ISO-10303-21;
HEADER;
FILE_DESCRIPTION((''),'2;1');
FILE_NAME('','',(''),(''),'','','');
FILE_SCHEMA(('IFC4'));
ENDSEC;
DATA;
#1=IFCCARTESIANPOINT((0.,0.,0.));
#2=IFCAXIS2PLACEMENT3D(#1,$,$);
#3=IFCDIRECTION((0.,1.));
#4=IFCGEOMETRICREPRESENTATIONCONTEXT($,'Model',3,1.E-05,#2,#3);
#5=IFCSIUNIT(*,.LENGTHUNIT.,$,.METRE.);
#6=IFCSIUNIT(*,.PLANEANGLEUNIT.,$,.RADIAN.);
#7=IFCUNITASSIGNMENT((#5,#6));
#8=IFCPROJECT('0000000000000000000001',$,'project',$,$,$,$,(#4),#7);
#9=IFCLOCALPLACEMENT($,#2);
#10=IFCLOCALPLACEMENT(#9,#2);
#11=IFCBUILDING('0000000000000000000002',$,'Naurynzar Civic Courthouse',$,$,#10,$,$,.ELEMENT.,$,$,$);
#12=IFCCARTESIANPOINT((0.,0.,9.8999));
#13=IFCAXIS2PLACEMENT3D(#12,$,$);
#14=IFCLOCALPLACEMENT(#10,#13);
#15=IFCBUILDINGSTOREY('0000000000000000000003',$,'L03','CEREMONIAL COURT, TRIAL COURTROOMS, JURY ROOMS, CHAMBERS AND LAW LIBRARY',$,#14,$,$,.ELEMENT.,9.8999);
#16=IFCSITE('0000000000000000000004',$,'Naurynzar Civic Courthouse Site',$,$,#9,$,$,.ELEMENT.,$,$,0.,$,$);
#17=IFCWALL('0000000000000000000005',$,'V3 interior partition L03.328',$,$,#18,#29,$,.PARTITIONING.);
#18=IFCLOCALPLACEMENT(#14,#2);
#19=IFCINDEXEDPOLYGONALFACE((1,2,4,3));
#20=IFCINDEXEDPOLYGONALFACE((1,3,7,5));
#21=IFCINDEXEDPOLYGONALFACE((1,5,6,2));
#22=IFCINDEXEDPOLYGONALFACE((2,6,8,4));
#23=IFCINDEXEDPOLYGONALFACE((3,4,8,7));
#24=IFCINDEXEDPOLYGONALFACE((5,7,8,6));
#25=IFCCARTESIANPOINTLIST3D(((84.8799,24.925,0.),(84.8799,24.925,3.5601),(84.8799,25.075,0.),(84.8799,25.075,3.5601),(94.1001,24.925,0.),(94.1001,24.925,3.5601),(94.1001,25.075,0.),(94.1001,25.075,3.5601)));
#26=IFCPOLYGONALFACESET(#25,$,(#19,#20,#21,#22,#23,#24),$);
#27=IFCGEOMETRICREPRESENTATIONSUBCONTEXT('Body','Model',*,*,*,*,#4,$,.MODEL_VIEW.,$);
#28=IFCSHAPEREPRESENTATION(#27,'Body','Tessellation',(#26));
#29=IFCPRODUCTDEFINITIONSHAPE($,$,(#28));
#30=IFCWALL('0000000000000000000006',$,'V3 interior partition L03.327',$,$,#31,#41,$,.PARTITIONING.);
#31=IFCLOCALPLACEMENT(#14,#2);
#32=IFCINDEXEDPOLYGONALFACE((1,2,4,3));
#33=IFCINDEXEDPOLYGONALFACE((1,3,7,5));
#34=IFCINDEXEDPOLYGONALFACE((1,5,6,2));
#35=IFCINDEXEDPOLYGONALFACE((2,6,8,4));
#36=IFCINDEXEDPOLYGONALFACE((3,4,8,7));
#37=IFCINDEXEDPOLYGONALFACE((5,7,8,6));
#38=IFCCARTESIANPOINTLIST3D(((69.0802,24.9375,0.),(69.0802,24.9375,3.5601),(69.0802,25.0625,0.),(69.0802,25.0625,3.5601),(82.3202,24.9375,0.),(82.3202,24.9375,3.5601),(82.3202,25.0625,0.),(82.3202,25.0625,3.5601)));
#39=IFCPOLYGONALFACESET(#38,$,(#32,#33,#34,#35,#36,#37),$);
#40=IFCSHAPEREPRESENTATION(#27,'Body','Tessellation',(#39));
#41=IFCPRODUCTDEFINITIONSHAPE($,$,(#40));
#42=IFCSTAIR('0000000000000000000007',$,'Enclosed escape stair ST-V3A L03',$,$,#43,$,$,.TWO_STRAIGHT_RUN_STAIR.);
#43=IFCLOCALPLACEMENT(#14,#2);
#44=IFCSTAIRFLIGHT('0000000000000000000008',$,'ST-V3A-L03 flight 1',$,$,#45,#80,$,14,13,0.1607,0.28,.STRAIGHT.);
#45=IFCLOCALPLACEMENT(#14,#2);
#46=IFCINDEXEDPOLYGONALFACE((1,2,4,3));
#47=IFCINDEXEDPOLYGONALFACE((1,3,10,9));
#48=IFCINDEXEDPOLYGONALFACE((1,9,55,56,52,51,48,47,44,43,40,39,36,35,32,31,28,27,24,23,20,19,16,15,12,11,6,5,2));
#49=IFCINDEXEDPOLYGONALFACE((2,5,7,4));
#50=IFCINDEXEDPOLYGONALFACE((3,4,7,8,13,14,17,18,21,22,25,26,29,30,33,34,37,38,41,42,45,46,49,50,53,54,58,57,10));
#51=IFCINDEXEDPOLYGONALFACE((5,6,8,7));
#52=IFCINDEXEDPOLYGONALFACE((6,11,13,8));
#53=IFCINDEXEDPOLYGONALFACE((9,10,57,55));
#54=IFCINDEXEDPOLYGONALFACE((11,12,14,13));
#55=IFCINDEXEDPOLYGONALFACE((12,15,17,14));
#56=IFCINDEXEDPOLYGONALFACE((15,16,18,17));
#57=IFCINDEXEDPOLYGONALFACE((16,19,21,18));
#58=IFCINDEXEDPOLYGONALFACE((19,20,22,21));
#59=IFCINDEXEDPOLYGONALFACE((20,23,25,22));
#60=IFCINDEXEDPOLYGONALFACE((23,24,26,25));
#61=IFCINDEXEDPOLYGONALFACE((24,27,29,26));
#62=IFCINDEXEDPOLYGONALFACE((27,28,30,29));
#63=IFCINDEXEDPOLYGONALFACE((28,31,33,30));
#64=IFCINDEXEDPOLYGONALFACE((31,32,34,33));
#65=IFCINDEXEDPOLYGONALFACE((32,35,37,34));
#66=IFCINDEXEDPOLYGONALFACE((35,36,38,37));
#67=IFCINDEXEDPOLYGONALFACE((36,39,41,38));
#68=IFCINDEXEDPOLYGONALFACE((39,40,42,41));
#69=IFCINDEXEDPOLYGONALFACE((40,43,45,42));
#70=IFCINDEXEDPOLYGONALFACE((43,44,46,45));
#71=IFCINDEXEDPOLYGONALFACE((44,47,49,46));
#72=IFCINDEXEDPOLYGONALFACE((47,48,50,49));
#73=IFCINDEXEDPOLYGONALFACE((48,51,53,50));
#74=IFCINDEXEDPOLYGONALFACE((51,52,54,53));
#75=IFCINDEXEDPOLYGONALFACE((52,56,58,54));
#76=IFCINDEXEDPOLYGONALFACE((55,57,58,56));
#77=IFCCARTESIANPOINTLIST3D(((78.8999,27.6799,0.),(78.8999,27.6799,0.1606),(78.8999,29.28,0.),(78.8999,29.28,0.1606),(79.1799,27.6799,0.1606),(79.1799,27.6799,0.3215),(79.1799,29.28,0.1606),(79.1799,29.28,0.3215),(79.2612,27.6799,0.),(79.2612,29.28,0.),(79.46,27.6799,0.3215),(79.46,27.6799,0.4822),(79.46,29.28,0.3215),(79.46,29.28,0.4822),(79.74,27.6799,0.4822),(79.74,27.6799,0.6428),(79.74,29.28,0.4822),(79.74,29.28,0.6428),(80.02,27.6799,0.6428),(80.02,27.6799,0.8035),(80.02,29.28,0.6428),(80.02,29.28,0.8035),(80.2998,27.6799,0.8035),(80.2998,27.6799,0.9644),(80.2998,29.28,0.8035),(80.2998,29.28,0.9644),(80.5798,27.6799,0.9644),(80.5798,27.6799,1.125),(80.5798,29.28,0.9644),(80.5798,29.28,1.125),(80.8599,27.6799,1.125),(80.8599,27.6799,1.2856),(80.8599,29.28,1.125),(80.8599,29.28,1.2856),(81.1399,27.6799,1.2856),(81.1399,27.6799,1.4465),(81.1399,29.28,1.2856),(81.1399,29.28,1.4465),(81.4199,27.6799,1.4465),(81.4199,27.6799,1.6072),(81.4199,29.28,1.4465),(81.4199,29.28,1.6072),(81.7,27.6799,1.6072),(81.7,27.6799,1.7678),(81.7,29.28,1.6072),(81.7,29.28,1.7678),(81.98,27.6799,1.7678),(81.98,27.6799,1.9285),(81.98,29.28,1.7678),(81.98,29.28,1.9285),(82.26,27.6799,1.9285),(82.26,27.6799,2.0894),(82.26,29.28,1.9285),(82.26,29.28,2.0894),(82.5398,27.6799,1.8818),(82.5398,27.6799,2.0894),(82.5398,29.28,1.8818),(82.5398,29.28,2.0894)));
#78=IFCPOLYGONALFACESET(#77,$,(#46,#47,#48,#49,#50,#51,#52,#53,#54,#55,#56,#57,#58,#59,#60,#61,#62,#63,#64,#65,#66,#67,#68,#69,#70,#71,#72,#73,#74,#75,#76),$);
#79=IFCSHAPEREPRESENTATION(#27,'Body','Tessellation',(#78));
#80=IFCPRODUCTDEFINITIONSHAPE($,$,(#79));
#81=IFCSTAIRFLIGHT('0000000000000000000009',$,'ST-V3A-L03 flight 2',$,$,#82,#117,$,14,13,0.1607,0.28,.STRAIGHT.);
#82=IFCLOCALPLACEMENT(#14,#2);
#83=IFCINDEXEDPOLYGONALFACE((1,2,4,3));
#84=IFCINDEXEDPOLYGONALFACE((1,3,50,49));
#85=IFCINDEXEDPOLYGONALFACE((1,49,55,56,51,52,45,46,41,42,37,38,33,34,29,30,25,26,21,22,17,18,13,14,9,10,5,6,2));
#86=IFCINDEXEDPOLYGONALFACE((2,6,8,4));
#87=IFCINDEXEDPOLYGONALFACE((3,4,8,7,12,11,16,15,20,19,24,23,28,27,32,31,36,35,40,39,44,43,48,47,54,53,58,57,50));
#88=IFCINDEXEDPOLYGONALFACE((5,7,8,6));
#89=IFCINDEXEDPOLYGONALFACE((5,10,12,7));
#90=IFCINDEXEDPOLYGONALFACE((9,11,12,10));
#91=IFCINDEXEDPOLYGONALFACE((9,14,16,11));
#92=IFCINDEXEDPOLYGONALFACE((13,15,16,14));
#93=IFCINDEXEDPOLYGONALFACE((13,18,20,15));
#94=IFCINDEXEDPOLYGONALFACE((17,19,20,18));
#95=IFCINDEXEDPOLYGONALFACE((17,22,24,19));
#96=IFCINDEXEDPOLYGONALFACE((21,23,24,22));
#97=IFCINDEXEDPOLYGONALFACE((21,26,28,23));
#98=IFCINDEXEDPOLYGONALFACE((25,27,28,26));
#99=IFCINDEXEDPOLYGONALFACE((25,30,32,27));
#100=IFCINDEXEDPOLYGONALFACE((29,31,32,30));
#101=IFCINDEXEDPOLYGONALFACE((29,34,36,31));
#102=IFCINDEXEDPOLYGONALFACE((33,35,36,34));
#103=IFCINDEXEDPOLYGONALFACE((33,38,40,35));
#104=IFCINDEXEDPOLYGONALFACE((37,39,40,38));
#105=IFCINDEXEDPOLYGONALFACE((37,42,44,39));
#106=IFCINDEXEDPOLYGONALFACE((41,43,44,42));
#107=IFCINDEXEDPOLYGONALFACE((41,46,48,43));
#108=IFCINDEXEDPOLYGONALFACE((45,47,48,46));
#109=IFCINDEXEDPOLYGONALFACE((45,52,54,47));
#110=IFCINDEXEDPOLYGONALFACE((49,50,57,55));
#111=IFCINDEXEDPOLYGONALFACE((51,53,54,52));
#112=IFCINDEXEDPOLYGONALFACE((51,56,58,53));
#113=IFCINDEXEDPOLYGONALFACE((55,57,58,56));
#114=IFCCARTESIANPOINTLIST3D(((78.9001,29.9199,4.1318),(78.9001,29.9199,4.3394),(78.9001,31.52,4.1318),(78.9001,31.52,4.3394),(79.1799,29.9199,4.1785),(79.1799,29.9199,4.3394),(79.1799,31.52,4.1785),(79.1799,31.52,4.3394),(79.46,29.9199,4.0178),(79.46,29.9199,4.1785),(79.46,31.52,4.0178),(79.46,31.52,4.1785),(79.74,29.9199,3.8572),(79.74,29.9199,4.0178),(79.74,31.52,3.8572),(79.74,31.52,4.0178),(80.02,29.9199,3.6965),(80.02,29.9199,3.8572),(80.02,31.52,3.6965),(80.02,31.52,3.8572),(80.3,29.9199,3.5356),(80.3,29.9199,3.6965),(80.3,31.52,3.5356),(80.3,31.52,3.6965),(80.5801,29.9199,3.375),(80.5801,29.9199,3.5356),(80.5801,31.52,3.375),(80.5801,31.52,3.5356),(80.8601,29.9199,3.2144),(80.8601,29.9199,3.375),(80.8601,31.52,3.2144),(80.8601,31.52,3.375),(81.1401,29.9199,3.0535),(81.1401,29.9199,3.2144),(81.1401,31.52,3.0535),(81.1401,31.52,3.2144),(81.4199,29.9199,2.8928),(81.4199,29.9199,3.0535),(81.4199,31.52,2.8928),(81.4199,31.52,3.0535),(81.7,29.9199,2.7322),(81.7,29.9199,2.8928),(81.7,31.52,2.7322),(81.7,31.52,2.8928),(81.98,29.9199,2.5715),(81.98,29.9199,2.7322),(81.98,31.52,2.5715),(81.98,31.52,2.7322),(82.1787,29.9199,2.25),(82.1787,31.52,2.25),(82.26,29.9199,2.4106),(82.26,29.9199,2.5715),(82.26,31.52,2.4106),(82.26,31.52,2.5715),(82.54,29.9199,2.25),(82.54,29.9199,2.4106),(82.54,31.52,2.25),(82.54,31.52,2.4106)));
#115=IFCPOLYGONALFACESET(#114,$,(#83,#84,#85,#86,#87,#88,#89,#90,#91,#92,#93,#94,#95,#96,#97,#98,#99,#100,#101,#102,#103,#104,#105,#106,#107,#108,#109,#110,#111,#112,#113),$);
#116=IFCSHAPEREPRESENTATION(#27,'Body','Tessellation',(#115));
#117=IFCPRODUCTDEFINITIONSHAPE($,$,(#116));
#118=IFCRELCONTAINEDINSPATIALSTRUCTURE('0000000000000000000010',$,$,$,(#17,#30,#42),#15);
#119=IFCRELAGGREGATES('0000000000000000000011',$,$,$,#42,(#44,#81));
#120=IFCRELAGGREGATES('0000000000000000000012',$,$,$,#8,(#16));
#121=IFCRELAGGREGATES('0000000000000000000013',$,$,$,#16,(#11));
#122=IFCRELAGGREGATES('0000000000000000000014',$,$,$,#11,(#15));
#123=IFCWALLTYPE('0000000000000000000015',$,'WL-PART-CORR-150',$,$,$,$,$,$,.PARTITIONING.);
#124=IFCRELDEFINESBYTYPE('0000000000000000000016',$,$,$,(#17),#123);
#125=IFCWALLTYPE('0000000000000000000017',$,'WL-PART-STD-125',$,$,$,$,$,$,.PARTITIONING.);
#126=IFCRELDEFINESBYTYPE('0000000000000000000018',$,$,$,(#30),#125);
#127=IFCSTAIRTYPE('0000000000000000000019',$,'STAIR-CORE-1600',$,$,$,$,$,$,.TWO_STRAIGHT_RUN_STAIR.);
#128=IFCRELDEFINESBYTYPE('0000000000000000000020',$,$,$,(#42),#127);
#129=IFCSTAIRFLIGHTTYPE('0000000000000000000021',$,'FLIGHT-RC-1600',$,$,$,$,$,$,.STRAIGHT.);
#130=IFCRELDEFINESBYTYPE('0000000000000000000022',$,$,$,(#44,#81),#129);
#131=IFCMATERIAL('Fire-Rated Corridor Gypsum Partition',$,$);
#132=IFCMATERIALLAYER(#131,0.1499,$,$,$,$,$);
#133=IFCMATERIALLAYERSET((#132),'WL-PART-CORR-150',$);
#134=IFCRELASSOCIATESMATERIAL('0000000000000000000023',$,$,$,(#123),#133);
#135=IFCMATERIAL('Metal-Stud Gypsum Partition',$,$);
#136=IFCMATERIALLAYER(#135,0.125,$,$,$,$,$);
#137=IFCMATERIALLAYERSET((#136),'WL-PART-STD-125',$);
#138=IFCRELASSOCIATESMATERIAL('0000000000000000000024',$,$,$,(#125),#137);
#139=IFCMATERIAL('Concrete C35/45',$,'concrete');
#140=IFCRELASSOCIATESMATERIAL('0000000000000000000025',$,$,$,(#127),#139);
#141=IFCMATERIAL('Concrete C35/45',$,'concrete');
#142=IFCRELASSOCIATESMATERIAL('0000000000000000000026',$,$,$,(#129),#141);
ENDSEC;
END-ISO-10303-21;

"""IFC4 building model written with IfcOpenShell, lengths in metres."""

from ifc_helpers import new_model, si_unit, direction, frame, frame_2d, origin, place, context, subcontext, project, spatial, polyline, rectangle, outline, extrude, material, layer, layer_set, type_object, element, aggregate, save


model = new_model("IFC4")

# Units and contexts
model_context = context("Model", 3, precision=1e-05, world=origin(), true_north=direction((0.0, 1.0)))
body_context = subcontext(model_context, "Body", "Model", "MODEL_VIEW")
ifc_project = project(units=[si_unit("LENGTHUNIT", "METRE"), si_unit("PLANEANGLEUNIT", "RADIAN")], contexts=[model_context])

# Site, building, storey
site_placement = place(None, origin())
site = spatial("IfcSite", under=ifc_project, at=site_placement, Name="Naurynzar Civic Courthouse Site", CompositionType="ELEMENT", RefElevation=0.0)
building_placement = place(site_placement, origin())
building = spatial("IfcBuilding", under=site, at=building_placement, Name="Naurynzar Civic Courthouse", CompositionType="ELEMENT")
storey_placement = place(building_placement, frame((0.0, 0.0, 9.8999)))
storey = spatial("IfcBuildingStorey", under=building, at=storey_placement, Name="L03", Description="CEREMONIAL COURT, TRIAL COURTROOMS, JURY ROOMS, CHAMBERS AND LAW LIBRARY", CompositionType="ELEMENT", Elevation=9.8999)

# Walls
ifc_material_1 = material(Name="Fire-Rated Corridor Gypsum Partition")
ifc_layer_1 = layer(ifc_material_1, 0.1499)
ifc_layer_set_1 = layer_set([ifc_layer_1], Name="WL-PART-CORR-150")
wall_type_1 = type_object("IfcWallType", Name="WL-PART-CORR-150", PredefinedType="PARTITIONING", material=ifc_layer_set_1)
wall_1_placement = place(storey_placement, frame((84.8799, 25.0, 0.0), z_axis=(0.0, 0.0, 1.0), x_axis=(1.0, 0.0, 0.0)))
element("IfcWall", 1, at=wall_1_placement, inside=storey, type_object=wall_type_1, Name="V3 interior partition L03.328", PredefinedType="PARTITIONING", context=body_context, shape_type="SweptSolid", body=[
    extrude(rectangle(XDim=9.2202, YDim=0.1499, at=frame_2d((4.6101, 0.0))), origin(), (0.0, 0.0, 1.0), 3.5601),
])
ifc_material_2 = material(Name="Metal-Stud Gypsum Partition")
ifc_layer_2 = layer(ifc_material_2, 0.125)
ifc_layer_set_2 = layer_set([ifc_layer_2], Name="WL-PART-STD-125")
wall_type_2 = type_object("IfcWallType", Name="WL-PART-STD-125", PredefinedType="PARTITIONING", material=ifc_layer_set_2)
wall_2_placement = place(storey_placement, frame((69.0801, 25.0, 0.0), z_axis=(0.0, 0.0, 1.0), x_axis=(1.0, 0.0, 0.0)))
element("IfcWall", 2, at=wall_2_placement, inside=storey, type_object=wall_type_2, Name="V3 interior partition L03.327", PredefinedType="PARTITIONING", context=body_context, shape_type="SweptSolid", body=[
    extrude(rectangle(XDim=13.24, YDim=0.125, at=frame_2d((6.6201, 0.0))), origin(), (0.0, 0.0, 1.0), 3.5601),
])

# Stair, stair flights
ifc_material_3 = material(Name="Concrete C35/45", Category="concrete")
stair_type = type_object("IfcStairType", Name="STAIR-CORE-1600", PredefinedType="TWO_STRAIGHT_RUN_STAIR", material=ifc_material_3)
stair_placement = place(storey_placement, origin())
stair = element("IfcStair", 3, at=stair_placement, inside=storey, type_object=stair_type, Name="Enclosed escape stair ST-V3A L03", PredefinedType="TWO_STRAIGHT_RUN_STAIR")
ifc_material_4 = material(Name="Concrete C35/45", Category="concrete")
stair_flight_type = type_object("IfcStairFlightType", Name="FLIGHT-RC-1600", PredefinedType="STRAIGHT", material=ifc_material_4)
stair_flight_1_placement = place(storey_placement, frame((78.8999, 28.48, 0.0), z_axis=(0.0, 0.0, 1.0), x_axis=(1.0, 0.0, 0.0)))
stair_flight_1 = element("IfcStairFlight", 4, at=stair_flight_1_placement, type_object=stair_flight_type, Name="ST-V3A-L03 flight 1", NumberOfRisers=14, NumberOfTreads=13, PredefinedType="STRAIGHT", RiserHeight=0.1607, TreadLength=0.28, context=body_context, shape_type="SweptSolid", body=[
    extrude(outline(polyline([(0.0, 0.0), (0.0, 0.1606), (0.28, 0.1606), (0.28, 0.3215), (0.5601, 0.3215), (0.5601, 0.4822), (0.8401, 0.4822), (0.8401, 0.6428), (1.1201, 0.6428), (1.1201, 0.8035), (1.3999, 0.8035), (1.3999, 0.9644), (1.6799, 0.9644), (1.6799, 1.125), (1.96, 1.125), (1.96, 1.2856), (2.24, 1.2856), (2.24, 1.4465), (2.52, 1.4465), (2.52, 1.6072), (2.8, 1.6072), (2.8, 1.7678), (3.0801, 1.7678), (3.0801, 1.9285), (3.3601, 1.9285), (3.3601, 2.0894), (3.6399, 2.0894), (3.6399, 2.25), (3.6399, 1.8818), (0.3613, 0.0), (0.0, 0.0)])), frame((0.0, 0.8, 0.0), z_axis=(0.0, -1.0, 0.0), x_axis=(1.0, 0.0, 0.0)), (0.0, 0.0, 1.0), 1.6001),
])
stair_flight_2_placement = place(storey_placement, frame((82.54, 30.72, 2.25), z_axis=(0.0, 0.0, 1.0), x_axis=(-1.0, 0.0, 0.0)))
stair_flight_2 = element("IfcStairFlight", 5, at=stair_flight_2_placement, type_object=stair_flight_type, Name="ST-V3A-L03 flight 2", NumberOfRisers=14, NumberOfTreads=13, PredefinedType="STRAIGHT", RiserHeight=0.1607, TreadLength=0.28, context=body_context, shape_type="SweptSolid", body=[
    extrude(outline(polyline([(0.0, 0.0), (0.0, 0.1606), (0.28, 0.1606), (0.28, 0.3215), (0.5601, 0.3215), (0.5601, 0.4822), (0.8401, 0.4822), (0.8401, 0.6428), (1.1201, 0.6428), (1.1201, 0.8035), (1.3999, 0.8035), (1.3999, 0.9644), (1.6799, 0.9644), (1.6799, 1.125), (1.96, 1.125), (1.96, 1.2856), (2.24, 1.2856), (2.24, 1.4465), (2.52, 1.4465), (2.52, 1.6072), (2.8, 1.6072), (2.8, 1.7678), (3.0801, 1.7678), (3.0801, 1.9285), (3.3601, 1.9285), (3.3601, 2.0894), (3.6399, 2.0894), (3.6399, 2.25), (3.6399, 1.8818), (0.3613, 0.0), (0.0, 0.0)])), frame((0.0, 0.8, 0.0), z_axis=(0.0, -1.0, 0.0), x_axis=(1.0, 0.0, 0.0)), (0.0, 0.0, 1.0), 1.6001),
])
aggregate(stair, [stair_flight_1, stair_flight_2])

save(model, "model.ifc")
